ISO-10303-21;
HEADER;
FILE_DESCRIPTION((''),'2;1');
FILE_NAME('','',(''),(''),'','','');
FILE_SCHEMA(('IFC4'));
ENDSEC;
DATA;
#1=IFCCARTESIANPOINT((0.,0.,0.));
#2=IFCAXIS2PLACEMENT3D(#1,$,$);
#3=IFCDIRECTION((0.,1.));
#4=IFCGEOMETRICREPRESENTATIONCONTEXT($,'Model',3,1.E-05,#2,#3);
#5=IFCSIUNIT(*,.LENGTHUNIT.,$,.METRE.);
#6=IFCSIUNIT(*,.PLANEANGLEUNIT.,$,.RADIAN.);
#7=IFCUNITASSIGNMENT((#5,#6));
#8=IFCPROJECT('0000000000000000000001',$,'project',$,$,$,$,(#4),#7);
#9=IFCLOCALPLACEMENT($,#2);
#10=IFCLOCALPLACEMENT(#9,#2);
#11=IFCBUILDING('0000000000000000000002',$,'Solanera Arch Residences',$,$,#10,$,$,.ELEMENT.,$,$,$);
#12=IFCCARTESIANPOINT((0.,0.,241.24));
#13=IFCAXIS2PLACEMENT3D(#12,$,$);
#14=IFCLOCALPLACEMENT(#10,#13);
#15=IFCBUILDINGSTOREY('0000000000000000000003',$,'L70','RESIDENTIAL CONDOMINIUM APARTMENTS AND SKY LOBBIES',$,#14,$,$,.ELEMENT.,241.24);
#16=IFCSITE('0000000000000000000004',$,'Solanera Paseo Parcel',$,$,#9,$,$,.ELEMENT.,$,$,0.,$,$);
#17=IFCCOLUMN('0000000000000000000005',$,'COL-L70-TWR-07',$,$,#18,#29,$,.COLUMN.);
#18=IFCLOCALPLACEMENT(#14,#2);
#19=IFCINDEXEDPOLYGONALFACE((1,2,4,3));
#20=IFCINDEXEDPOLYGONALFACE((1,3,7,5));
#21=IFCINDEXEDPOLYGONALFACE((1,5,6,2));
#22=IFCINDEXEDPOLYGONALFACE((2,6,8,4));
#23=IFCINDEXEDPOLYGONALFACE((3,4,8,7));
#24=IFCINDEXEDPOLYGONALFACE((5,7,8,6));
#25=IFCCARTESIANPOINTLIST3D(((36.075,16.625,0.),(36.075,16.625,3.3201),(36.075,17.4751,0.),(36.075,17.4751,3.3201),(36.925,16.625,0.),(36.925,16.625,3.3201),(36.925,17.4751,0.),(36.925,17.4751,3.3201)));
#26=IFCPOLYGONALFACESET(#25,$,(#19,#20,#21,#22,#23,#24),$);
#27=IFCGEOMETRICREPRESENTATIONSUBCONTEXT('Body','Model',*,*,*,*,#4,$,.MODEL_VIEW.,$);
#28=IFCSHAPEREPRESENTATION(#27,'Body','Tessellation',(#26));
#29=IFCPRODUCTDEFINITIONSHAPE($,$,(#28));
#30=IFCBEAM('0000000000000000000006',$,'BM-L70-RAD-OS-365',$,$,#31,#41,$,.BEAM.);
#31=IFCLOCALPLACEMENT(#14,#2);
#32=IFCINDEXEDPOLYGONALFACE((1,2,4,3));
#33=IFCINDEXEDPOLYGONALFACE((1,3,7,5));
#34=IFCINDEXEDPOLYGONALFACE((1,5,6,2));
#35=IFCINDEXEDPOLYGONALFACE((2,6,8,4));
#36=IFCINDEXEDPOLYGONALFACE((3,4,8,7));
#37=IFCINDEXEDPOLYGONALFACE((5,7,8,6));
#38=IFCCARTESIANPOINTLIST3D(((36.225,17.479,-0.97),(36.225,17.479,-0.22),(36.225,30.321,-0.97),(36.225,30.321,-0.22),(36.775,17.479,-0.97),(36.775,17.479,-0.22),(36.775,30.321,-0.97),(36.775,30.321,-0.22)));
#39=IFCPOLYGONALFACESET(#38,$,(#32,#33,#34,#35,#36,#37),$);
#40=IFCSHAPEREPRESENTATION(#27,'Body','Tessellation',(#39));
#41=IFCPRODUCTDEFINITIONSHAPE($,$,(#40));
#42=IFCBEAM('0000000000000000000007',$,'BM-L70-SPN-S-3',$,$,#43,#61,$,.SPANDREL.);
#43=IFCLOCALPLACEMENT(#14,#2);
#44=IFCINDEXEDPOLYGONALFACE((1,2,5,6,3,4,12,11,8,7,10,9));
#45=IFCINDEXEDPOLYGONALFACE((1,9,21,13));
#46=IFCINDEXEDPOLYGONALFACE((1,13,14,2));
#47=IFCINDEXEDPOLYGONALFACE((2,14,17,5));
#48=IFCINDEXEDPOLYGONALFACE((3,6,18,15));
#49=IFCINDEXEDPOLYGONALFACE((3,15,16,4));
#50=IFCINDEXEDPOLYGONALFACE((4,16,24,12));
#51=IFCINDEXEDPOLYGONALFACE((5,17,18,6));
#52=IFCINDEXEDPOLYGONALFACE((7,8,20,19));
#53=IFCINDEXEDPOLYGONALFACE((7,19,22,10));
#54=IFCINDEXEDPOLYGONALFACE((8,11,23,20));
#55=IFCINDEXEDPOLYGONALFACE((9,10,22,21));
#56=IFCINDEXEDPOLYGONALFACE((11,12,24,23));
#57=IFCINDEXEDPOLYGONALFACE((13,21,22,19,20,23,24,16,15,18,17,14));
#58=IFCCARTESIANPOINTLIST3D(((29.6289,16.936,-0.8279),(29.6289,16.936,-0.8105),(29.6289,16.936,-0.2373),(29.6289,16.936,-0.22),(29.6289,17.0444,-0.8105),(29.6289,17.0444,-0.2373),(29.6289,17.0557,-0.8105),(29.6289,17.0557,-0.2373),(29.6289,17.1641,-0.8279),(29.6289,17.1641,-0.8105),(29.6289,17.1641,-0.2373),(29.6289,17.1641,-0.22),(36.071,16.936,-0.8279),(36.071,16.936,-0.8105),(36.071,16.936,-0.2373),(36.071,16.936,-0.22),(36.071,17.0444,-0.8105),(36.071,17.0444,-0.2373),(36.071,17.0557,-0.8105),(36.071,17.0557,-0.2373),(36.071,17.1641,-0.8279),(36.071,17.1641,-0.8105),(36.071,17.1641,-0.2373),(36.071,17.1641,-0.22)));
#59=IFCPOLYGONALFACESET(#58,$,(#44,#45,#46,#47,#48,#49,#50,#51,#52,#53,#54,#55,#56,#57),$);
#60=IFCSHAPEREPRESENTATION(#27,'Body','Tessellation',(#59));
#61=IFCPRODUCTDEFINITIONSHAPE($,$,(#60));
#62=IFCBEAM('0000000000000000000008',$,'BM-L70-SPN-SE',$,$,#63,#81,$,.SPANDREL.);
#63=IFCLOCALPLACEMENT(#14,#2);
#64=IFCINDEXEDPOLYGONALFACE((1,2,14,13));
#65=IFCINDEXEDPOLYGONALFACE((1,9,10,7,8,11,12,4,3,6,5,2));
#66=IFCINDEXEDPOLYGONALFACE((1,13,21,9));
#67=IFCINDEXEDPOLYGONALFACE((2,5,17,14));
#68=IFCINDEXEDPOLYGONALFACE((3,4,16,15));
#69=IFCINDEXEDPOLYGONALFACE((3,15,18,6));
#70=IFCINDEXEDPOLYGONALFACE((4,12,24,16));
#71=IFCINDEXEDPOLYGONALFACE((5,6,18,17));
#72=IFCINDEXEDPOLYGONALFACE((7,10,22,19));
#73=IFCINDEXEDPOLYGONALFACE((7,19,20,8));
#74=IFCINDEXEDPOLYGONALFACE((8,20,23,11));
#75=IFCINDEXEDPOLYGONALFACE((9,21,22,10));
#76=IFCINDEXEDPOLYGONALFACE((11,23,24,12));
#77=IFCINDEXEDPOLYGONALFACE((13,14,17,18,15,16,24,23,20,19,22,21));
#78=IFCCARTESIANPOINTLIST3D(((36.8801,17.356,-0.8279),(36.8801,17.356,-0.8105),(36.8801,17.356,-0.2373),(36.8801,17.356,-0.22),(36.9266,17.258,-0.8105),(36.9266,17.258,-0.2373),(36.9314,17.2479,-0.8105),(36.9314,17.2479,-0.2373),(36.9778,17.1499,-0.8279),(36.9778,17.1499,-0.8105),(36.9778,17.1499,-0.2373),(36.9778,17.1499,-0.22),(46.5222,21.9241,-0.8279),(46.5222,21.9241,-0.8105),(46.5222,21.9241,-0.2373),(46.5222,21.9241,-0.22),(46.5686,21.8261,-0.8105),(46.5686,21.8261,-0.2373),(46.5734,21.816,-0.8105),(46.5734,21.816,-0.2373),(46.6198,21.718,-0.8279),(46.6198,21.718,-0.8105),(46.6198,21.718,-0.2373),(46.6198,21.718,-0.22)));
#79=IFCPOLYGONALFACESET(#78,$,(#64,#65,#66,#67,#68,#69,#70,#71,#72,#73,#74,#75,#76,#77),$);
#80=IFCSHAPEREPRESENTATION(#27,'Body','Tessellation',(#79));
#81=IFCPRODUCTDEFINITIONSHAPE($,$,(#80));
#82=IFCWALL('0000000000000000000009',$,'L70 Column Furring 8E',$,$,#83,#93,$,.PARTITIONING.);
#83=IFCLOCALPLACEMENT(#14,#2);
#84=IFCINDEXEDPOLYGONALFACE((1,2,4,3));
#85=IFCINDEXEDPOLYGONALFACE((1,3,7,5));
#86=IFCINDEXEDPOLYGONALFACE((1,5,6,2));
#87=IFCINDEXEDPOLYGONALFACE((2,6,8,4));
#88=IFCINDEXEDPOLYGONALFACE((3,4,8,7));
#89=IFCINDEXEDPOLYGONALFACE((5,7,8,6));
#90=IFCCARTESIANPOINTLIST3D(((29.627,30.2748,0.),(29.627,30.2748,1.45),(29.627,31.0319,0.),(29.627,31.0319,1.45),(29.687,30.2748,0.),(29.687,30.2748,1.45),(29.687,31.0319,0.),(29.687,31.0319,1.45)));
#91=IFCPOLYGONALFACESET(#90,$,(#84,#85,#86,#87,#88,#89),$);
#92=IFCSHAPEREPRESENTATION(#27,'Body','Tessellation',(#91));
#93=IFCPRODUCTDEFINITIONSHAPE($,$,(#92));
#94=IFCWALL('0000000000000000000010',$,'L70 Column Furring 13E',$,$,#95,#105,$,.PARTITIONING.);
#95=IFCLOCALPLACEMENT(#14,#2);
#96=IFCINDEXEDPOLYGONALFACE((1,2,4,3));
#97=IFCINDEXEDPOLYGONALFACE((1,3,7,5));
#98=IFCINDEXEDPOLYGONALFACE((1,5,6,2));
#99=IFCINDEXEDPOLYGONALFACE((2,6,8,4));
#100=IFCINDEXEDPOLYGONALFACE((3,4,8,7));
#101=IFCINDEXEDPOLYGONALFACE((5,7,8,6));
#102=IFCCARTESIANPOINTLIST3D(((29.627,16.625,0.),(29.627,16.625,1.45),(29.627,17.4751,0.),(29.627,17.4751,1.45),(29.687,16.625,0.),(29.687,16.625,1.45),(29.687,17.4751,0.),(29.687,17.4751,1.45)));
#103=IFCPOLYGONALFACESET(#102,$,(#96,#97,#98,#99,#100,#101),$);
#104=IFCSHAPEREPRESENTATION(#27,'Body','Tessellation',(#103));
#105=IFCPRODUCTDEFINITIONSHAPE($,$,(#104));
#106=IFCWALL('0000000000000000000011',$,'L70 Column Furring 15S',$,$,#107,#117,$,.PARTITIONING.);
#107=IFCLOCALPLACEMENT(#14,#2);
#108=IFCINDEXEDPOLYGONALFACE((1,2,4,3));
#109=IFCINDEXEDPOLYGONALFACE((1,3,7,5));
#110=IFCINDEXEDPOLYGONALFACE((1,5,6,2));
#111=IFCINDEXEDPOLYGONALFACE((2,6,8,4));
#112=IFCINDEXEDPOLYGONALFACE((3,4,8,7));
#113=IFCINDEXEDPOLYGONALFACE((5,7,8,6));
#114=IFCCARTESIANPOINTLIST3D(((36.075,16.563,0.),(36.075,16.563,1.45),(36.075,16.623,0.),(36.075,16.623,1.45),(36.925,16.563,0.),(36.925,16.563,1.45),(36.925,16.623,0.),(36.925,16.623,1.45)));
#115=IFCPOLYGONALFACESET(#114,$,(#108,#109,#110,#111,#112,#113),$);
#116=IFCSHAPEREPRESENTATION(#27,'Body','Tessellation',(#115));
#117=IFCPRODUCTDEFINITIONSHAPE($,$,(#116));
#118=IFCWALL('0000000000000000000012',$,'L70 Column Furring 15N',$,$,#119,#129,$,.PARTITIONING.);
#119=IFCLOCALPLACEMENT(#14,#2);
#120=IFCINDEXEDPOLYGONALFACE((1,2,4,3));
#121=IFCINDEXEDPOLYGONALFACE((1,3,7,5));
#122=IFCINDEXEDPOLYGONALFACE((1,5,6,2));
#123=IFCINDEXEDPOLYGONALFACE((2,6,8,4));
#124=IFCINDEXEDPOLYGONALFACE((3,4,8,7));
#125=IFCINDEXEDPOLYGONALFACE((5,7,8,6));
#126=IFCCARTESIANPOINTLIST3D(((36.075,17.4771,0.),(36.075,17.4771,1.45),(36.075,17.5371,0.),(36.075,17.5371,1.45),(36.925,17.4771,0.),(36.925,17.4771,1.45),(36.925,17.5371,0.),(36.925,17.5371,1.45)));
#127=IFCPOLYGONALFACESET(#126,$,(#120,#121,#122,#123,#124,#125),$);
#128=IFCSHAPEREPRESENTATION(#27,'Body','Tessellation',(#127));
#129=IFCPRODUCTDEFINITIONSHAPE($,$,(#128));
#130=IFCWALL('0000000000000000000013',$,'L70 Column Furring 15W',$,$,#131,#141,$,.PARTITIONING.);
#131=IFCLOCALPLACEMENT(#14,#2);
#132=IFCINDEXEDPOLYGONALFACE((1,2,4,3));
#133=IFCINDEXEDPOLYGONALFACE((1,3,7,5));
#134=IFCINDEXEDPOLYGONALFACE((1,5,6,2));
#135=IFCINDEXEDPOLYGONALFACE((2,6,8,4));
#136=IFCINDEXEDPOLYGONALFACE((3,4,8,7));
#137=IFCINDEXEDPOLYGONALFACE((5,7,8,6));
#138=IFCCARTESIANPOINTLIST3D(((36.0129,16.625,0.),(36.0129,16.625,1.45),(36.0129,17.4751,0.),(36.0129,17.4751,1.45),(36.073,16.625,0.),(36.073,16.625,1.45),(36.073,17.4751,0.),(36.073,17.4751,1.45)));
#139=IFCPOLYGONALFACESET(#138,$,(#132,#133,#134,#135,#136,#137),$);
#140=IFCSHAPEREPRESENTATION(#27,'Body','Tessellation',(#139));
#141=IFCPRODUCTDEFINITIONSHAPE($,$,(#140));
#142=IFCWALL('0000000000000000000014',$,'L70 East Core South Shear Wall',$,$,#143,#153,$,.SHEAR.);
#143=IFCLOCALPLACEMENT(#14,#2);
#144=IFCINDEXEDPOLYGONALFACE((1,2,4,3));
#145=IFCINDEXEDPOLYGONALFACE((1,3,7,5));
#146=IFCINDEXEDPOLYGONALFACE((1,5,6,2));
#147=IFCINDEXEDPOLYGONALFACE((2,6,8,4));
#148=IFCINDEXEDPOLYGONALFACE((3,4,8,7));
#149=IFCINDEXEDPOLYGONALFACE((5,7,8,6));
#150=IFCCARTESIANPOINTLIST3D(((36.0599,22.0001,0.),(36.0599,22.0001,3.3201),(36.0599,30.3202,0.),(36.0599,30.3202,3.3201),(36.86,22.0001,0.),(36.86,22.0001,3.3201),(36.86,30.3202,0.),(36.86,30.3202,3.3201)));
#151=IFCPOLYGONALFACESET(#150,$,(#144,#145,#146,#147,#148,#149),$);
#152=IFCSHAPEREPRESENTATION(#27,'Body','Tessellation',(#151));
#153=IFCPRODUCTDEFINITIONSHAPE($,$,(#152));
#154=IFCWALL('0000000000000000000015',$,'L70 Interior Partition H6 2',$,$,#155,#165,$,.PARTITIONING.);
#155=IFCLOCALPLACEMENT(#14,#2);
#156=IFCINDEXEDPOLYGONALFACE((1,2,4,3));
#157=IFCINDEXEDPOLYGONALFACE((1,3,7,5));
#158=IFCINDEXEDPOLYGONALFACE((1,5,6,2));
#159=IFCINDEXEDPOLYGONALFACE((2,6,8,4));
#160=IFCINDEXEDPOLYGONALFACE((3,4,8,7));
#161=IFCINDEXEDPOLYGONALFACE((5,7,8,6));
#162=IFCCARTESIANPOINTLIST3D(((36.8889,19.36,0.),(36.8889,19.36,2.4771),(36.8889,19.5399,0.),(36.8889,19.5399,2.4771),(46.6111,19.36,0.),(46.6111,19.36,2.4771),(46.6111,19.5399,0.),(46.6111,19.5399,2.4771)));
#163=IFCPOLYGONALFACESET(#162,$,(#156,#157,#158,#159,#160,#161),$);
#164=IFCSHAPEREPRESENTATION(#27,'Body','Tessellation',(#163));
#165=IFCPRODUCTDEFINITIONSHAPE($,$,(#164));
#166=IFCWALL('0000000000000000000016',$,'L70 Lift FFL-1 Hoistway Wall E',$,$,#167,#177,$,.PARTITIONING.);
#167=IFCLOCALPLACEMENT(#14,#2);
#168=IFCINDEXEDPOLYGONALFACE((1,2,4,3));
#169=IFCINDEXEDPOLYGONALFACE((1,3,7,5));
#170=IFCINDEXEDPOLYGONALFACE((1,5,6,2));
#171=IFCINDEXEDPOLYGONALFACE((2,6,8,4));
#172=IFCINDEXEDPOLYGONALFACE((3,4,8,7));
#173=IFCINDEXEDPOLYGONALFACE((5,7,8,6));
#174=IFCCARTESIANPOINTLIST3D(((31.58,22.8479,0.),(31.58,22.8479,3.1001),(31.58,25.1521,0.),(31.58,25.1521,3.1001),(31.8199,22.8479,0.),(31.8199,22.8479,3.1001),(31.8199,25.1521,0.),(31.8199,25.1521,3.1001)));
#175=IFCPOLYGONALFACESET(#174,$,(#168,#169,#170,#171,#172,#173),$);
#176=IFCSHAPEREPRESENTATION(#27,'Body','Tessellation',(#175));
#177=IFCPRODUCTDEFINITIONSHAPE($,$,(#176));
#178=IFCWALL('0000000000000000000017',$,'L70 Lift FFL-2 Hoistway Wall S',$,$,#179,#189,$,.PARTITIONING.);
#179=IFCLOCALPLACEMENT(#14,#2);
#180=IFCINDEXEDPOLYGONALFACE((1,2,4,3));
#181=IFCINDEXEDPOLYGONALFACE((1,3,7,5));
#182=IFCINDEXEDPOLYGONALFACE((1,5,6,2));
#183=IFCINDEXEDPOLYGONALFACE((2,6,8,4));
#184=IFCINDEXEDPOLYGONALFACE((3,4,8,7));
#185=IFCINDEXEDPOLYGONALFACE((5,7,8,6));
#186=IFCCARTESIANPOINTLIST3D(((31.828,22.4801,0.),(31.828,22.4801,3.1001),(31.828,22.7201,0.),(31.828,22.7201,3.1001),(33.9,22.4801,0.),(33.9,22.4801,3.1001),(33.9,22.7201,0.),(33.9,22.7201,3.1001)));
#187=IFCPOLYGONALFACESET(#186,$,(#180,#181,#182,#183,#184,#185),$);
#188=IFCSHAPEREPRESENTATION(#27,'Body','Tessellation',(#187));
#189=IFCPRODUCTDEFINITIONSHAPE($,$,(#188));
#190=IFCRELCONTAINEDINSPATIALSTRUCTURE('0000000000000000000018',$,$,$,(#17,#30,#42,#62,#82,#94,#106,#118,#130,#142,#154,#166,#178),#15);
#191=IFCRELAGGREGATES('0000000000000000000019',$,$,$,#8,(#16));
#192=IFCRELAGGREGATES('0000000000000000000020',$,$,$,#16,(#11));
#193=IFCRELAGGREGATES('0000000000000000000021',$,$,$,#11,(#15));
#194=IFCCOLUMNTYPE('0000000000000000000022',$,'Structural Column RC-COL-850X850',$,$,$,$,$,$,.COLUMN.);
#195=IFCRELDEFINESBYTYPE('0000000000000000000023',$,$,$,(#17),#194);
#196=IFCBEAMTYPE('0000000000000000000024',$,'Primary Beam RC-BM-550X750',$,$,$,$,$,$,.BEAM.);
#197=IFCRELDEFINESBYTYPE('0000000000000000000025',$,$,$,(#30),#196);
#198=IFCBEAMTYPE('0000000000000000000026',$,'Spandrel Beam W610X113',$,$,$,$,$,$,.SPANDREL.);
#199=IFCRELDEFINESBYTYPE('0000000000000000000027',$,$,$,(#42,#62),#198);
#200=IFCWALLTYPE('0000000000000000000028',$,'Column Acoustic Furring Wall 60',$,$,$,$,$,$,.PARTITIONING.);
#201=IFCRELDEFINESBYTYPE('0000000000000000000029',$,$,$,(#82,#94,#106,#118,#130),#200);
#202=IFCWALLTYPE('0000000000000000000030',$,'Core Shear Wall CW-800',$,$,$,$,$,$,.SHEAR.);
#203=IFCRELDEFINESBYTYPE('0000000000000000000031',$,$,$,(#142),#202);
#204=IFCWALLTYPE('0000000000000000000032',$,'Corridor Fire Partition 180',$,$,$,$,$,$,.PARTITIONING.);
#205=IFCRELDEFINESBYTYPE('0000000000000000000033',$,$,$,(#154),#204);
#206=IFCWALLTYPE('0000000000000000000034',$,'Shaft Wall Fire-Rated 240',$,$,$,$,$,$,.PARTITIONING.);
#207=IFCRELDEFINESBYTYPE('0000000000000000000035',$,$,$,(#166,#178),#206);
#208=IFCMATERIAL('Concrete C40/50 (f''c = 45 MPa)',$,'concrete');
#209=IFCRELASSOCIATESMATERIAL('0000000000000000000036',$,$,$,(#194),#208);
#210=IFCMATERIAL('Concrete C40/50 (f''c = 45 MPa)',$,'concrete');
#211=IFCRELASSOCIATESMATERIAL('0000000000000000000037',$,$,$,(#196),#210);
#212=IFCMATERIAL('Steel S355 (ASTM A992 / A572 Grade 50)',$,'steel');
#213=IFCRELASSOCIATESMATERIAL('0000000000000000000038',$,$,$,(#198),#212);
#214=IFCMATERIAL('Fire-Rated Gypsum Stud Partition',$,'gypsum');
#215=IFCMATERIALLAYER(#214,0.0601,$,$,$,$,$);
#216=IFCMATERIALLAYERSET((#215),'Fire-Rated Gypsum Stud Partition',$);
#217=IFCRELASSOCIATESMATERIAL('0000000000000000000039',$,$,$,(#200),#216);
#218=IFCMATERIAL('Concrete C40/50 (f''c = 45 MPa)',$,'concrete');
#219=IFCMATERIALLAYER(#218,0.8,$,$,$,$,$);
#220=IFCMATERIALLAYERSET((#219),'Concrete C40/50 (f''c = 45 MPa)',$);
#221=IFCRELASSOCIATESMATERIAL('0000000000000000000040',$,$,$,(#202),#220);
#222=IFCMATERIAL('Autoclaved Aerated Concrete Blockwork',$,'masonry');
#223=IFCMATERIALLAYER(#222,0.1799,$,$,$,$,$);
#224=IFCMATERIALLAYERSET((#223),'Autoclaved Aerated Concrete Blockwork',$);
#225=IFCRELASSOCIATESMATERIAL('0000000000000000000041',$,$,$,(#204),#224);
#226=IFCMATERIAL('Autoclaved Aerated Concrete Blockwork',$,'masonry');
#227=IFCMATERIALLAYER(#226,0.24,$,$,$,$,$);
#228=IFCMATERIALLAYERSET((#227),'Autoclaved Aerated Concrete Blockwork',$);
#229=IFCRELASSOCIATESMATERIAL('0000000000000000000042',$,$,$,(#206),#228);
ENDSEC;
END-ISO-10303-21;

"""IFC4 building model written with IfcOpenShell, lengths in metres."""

from ifc_helpers import new_model, si_unit, direction, frame, frame_2d, origin, origin_2d, place, context, subcontext, project, spatial, rectangle, i_section, extrude, material, layer, layer_set, material_profile, profile_set, type_object, element, save


model = new_model("IFC4")

# Units and contexts
model_context = context("Model", 3, precision=1e-05, world=origin(), true_north=direction((0.0, 1.0)))
body_context = subcontext(model_context, "Body", "Model", "MODEL_VIEW")
ifc_project = project(units=[si_unit("LENGTHUNIT", "METRE"), si_unit("PLANEANGLEUNIT", "RADIAN")], contexts=[model_context])

# Site, building, storey
site_placement = place(None, origin())
site = spatial("IfcSite", under=ifc_project, at=site_placement, Name="Solanera Paseo Parcel", CompositionType="ELEMENT", RefElevation=0.0)
building_placement = place(site_placement, origin())
building = spatial("IfcBuilding", under=site, at=building_placement, Name="Solanera Arch Residences", CompositionType="ELEMENT")
storey_placement = place(building_placement, frame((0.0, 0.0, 241.24)))
storey = spatial("IfcBuildingStorey", under=building, at=storey_placement, Name="L70", Description="RESIDENTIAL CONDOMINIUM APARTMENTS AND SKY LOBBIES", CompositionType="ELEMENT", Elevation=241.24)

# Column
ifc_material_1 = material(Name="Concrete C40/50 (f'c = 45 MPa)", Category="concrete")
ifc_material_profile_1 = material_profile(ifc_material_1, rectangle(XDim=0.8501, YDim=0.8501, at=origin_2d()))
ifc_profile_set_1 = profile_set([ifc_material_profile_1], Name="Concrete C40/50 (f'c = 45 MPa)")
column_type = type_object("IfcColumnType", Name="Structural Column RC-COL-850X850", PredefinedType="COLUMN", material=ifc_profile_set_1)
column_placement = place(storey_placement, frame((36.5, 17.05, 0.0), z_axis=(0.0, 0.0, 1.0), x_axis=(1.0, 0.0, 0.0)))
element("IfcColumn", 1, at=column_placement, inside=storey, type_object=column_type, Name="COL-L70-TWR-07", PredefinedType="COLUMN", context=body_context, shape_type="SweptSolid", body=[
    extrude(rectangle(XDim=0.8501, YDim=0.8501, at=origin_2d()), origin(), (0.0, 0.0, 1.0), 3.3201),
])

# Beams
ifc_material_2 = material(Name="Concrete C40/50 (f'c = 45 MPa)", Category="concrete")
ifc_material_profile_2 = material_profile(ifc_material_2, rectangle(XDim=0.55, YDim=0.75, at=origin_2d()))
ifc_profile_set_2 = profile_set([ifc_material_profile_2], Name="Concrete C40/50 (f'c = 45 MPa)")
beam_type_1 = type_object("IfcBeamType", Name="Primary Beam RC-BM-550X750", PredefinedType="BEAM", material=ifc_profile_set_2)
beam_1_placement = place(storey_placement, frame((36.5, 17.479, -0.595), z_axis=(0.0, 1.0, 0.0), x_axis=(-1.0, 0.0, 0.0)))
element("IfcBeam", 2, at=beam_1_placement, inside=storey, type_object=beam_type_1, Name="BM-L70-RAD-OS-365", PredefinedType="BEAM", context=body_context, shape_type="SweptSolid", body=[
    extrude(rectangle(XDim=0.55, YDim=0.75, at=origin_2d()), origin(), (0.0, 0.0, 1.0), 12.842),
])
ifc_material_3 = material(Name="Steel S355 (ASTM A992 / A572 Grade 50)", Category="steel")
ifc_material_profile_3 = material_profile(ifc_material_3, i_section(OverallWidth=0.228, OverallDepth=0.6079, WebThickness=0.0112, FlangeThickness=0.0173, at=origin_2d()))
ifc_profile_set_3 = profile_set([ifc_material_profile_3], Name="Steel S355 (ASTM A992 / A572 Grade 50)")
beam_type_2 = type_object("IfcBeamType", Name="Spandrel Beam W610X113", PredefinedType="SPANDREL", material=ifc_profile_set_3)
beam_2_placement = place(storey_placement, frame((29.6289, 17.05, -0.5239), z_axis=(1.0, 0.0, 0.0), x_axis=(0.0, 1.0, 0.0)))
element("IfcBeam", 3, at=beam_2_placement, inside=storey, type_object=beam_type_2, Name="BM-L70-SPN-S-3", PredefinedType="SPANDREL", context=body_context, shape_type="SweptSolid", body=[
    extrude(i_section(OverallWidth=0.228, OverallDepth=0.6079, WebThickness=0.0112, FlangeThickness=0.0173, at=origin_2d()), origin(), (0.0, 0.0, 1.0), 6.4421),
])
beam_3_placement = place(storey_placement, frame((36.929, 17.2529, -0.5239), z_axis=(0.903708, 0.428148, 0.0), x_axis=(-0.428148, 0.903708, 0.0)))
element("IfcBeam", 4, at=beam_3_placement, inside=storey, type_object=beam_type_2, Name="BM-L70-SPN-SE", PredefinedType="SPANDREL", context=body_context, shape_type="SweptSolid", body=[
    extrude(i_section(OverallWidth=0.228, OverallDepth=0.6079, WebThickness=0.0112, FlangeThickness=0.0173, at=origin_2d()), origin(), (0.0, 0.0, 1.0), 10.6694),
])

# Walls
ifc_material_4 = material(Name="Fire-Rated Gypsum Stud Partition", Category="gypsum")
ifc_layer_1 = layer(ifc_material_4, 0.0601)
ifc_layer_set_1 = layer_set([ifc_layer_1], Name="Fire-Rated Gypsum Stud Partition")
wall_type_1 = type_object("IfcWallType", Name="Column Acoustic Furring Wall 60", PredefinedType="PARTITIONING", material=ifc_layer_set_1)
wall_1_placement = place(storey_placement, frame((29.657, 30.2749, 0.0), z_axis=(0.0, 0.0, 1.0), x_axis=(0.0, 1.0, 0.0)))
element("IfcWall", 5, at=wall_1_placement, inside=storey, type_object=wall_type_1, Name="L70 Column Furring 8E", PredefinedType="PARTITIONING", context=body_context, shape_type="SweptSolid", body=[
    extrude(rectangle(XDim=0.7571, YDim=0.0601, at=frame_2d((0.3784, 0.0))), origin(), (0.0, 0.0, 1.0), 1.45),
])
for number, where, z_axis, x_axis, name in (
    (6, (29.657, 16.625, 0.0), (0.0, 0.0, 1.0), (0.0, 1.0, 0.0), "L70 Column Furring 13E"),
    (7, (36.075, 16.593, 0.0), (0.0, 0.0, 1.0), (1.0, 0.0, 0.0), "L70 Column Furring 15S"),
    (8, (36.075, 17.5071, 0.0), (0.0, 0.0, 1.0), (1.0, 0.0, 0.0), "L70 Column Furring 15N"),
    (9, (36.043, 16.625, 0.0), (0.0, 0.0, 1.0), (0.0, 1.0, 0.0), "L70 Column Furring 15W"),
):
    element("IfcWall", number, at=place(storey_placement, frame(where, z_axis=z_axis, x_axis=x_axis)), inside=storey, type_object=wall_type_1, Name=name, PredefinedType="PARTITIONING", context=body_context, shape_type="SweptSolid", body=[
        extrude(rectangle(XDim=0.8501, YDim=0.0601, at=frame_2d((0.425, 0.0))), origin(), (0.0, 0.0, 1.0), 1.45),
    ])
ifc_material_5 = material(Name="Concrete C40/50 (f'c = 45 MPa)", Category="concrete")
ifc_layer_2 = layer(ifc_material_5, 0.8)
ifc_layer_set_2 = layer_set([ifc_layer_2], Name="Concrete C40/50 (f'c = 45 MPa)")
wall_type_2 = type_object("IfcWallType", Name="Core Shear Wall CW-800", PredefinedType="SHEAR", material=ifc_layer_set_2)
wall_2_placement = place(storey_placement, frame((36.46, 22.0, 0.0), z_axis=(0.0, 0.0, 1.0), x_axis=(0.0, 1.0, 0.0)))
element("IfcWall", 10, at=wall_2_placement, inside=storey, type_object=wall_type_2, Name="L70 East Core South Shear Wall", PredefinedType="SHEAR", context=body_context, shape_type="SweptSolid", body=[
    extrude(rectangle(XDim=8.3201, YDim=0.8, at=frame_2d((4.1602, 0.0))), origin(), (0.0, 0.0, 1.0), 3.3201),
])
ifc_material_6 = material(Name="Autoclaved Aerated Concrete Blockwork", Category="masonry")
ifc_layer_3 = layer(ifc_material_6, 0.1799)
ifc_layer_set_3 = layer_set([ifc_layer_3], Name="Autoclaved Aerated Concrete Blockwork")
wall_type_3 = type_object("IfcWallType", Name="Corridor Fire Partition 180", PredefinedType="PARTITIONING", material=ifc_layer_set_3)
wall_3_placement = place(storey_placement, frame((36.8889, 19.45, 0.0), z_axis=(0.0, 0.0, 1.0), x_axis=(1.0, 0.0, 0.0)))
element("IfcWall", 11, at=wall_3_placement, inside=storey, type_object=wall_type_3, Name="L70 Interior Partition H6 2", PredefinedType="PARTITIONING", context=body_context, shape_type="SweptSolid", body=[
    extrude(rectangle(XDim=9.7222, YDim=0.1799, at=frame_2d((4.8611, 0.0))), origin(), (0.0, 0.0, 1.0), 2.4771),
])
ifc_material_7 = material(Name="Autoclaved Aerated Concrete Blockwork", Category="masonry")
ifc_layer_4 = layer(ifc_material_7, 0.24)
ifc_layer_set_4 = layer_set([ifc_layer_4], Name="Autoclaved Aerated Concrete Blockwork")
wall_type_4 = type_object("IfcWallType", Name="Shaft Wall Fire-Rated 240", PredefinedType="PARTITIONING", material=ifc_layer_set_4)
wall_4_placement = place(storey_placement, frame((31.7, 22.8479, 0.0), z_axis=(0.0, 0.0, 1.0), x_axis=(0.0, 1.0, 0.0)))
element("IfcWall", 12, at=wall_4_placement, inside=storey, type_object=wall_type_4, Name="L70 Lift FFL-1 Hoistway Wall E", PredefinedType="PARTITIONING", context=body_context, shape_type="SweptSolid", body=[
    extrude(rectangle(XDim=2.3042, YDim=0.24, at=frame_2d((1.1521, 0.0))), origin(), (0.0, 0.0, 1.0), 3.1001),
])
for number, where, z_axis, x_axis, name in (
    (13, (31.8279, 22.6001, 0.0), (0.0, 0.0, 1.0), (1.0, 0.0, 0.0), "L70 Lift FFL-2 Hoistway Wall S"),
):
    element("IfcWall", number, at=place(storey_placement, frame(where, z_axis=z_axis, x_axis=x_axis)), inside=storey, type_object=wall_type_4, Name=name, PredefinedType="PARTITIONING", context=body_context, shape_type="SweptSolid", body=[
        extrude(rectangle(XDim=2.072, YDim=0.24, at=frame_2d((1.0361, 0.0))), origin(), (0.0, 0.0, 1.0), 3.1001),
    ])

save(model, "model.ifc")
